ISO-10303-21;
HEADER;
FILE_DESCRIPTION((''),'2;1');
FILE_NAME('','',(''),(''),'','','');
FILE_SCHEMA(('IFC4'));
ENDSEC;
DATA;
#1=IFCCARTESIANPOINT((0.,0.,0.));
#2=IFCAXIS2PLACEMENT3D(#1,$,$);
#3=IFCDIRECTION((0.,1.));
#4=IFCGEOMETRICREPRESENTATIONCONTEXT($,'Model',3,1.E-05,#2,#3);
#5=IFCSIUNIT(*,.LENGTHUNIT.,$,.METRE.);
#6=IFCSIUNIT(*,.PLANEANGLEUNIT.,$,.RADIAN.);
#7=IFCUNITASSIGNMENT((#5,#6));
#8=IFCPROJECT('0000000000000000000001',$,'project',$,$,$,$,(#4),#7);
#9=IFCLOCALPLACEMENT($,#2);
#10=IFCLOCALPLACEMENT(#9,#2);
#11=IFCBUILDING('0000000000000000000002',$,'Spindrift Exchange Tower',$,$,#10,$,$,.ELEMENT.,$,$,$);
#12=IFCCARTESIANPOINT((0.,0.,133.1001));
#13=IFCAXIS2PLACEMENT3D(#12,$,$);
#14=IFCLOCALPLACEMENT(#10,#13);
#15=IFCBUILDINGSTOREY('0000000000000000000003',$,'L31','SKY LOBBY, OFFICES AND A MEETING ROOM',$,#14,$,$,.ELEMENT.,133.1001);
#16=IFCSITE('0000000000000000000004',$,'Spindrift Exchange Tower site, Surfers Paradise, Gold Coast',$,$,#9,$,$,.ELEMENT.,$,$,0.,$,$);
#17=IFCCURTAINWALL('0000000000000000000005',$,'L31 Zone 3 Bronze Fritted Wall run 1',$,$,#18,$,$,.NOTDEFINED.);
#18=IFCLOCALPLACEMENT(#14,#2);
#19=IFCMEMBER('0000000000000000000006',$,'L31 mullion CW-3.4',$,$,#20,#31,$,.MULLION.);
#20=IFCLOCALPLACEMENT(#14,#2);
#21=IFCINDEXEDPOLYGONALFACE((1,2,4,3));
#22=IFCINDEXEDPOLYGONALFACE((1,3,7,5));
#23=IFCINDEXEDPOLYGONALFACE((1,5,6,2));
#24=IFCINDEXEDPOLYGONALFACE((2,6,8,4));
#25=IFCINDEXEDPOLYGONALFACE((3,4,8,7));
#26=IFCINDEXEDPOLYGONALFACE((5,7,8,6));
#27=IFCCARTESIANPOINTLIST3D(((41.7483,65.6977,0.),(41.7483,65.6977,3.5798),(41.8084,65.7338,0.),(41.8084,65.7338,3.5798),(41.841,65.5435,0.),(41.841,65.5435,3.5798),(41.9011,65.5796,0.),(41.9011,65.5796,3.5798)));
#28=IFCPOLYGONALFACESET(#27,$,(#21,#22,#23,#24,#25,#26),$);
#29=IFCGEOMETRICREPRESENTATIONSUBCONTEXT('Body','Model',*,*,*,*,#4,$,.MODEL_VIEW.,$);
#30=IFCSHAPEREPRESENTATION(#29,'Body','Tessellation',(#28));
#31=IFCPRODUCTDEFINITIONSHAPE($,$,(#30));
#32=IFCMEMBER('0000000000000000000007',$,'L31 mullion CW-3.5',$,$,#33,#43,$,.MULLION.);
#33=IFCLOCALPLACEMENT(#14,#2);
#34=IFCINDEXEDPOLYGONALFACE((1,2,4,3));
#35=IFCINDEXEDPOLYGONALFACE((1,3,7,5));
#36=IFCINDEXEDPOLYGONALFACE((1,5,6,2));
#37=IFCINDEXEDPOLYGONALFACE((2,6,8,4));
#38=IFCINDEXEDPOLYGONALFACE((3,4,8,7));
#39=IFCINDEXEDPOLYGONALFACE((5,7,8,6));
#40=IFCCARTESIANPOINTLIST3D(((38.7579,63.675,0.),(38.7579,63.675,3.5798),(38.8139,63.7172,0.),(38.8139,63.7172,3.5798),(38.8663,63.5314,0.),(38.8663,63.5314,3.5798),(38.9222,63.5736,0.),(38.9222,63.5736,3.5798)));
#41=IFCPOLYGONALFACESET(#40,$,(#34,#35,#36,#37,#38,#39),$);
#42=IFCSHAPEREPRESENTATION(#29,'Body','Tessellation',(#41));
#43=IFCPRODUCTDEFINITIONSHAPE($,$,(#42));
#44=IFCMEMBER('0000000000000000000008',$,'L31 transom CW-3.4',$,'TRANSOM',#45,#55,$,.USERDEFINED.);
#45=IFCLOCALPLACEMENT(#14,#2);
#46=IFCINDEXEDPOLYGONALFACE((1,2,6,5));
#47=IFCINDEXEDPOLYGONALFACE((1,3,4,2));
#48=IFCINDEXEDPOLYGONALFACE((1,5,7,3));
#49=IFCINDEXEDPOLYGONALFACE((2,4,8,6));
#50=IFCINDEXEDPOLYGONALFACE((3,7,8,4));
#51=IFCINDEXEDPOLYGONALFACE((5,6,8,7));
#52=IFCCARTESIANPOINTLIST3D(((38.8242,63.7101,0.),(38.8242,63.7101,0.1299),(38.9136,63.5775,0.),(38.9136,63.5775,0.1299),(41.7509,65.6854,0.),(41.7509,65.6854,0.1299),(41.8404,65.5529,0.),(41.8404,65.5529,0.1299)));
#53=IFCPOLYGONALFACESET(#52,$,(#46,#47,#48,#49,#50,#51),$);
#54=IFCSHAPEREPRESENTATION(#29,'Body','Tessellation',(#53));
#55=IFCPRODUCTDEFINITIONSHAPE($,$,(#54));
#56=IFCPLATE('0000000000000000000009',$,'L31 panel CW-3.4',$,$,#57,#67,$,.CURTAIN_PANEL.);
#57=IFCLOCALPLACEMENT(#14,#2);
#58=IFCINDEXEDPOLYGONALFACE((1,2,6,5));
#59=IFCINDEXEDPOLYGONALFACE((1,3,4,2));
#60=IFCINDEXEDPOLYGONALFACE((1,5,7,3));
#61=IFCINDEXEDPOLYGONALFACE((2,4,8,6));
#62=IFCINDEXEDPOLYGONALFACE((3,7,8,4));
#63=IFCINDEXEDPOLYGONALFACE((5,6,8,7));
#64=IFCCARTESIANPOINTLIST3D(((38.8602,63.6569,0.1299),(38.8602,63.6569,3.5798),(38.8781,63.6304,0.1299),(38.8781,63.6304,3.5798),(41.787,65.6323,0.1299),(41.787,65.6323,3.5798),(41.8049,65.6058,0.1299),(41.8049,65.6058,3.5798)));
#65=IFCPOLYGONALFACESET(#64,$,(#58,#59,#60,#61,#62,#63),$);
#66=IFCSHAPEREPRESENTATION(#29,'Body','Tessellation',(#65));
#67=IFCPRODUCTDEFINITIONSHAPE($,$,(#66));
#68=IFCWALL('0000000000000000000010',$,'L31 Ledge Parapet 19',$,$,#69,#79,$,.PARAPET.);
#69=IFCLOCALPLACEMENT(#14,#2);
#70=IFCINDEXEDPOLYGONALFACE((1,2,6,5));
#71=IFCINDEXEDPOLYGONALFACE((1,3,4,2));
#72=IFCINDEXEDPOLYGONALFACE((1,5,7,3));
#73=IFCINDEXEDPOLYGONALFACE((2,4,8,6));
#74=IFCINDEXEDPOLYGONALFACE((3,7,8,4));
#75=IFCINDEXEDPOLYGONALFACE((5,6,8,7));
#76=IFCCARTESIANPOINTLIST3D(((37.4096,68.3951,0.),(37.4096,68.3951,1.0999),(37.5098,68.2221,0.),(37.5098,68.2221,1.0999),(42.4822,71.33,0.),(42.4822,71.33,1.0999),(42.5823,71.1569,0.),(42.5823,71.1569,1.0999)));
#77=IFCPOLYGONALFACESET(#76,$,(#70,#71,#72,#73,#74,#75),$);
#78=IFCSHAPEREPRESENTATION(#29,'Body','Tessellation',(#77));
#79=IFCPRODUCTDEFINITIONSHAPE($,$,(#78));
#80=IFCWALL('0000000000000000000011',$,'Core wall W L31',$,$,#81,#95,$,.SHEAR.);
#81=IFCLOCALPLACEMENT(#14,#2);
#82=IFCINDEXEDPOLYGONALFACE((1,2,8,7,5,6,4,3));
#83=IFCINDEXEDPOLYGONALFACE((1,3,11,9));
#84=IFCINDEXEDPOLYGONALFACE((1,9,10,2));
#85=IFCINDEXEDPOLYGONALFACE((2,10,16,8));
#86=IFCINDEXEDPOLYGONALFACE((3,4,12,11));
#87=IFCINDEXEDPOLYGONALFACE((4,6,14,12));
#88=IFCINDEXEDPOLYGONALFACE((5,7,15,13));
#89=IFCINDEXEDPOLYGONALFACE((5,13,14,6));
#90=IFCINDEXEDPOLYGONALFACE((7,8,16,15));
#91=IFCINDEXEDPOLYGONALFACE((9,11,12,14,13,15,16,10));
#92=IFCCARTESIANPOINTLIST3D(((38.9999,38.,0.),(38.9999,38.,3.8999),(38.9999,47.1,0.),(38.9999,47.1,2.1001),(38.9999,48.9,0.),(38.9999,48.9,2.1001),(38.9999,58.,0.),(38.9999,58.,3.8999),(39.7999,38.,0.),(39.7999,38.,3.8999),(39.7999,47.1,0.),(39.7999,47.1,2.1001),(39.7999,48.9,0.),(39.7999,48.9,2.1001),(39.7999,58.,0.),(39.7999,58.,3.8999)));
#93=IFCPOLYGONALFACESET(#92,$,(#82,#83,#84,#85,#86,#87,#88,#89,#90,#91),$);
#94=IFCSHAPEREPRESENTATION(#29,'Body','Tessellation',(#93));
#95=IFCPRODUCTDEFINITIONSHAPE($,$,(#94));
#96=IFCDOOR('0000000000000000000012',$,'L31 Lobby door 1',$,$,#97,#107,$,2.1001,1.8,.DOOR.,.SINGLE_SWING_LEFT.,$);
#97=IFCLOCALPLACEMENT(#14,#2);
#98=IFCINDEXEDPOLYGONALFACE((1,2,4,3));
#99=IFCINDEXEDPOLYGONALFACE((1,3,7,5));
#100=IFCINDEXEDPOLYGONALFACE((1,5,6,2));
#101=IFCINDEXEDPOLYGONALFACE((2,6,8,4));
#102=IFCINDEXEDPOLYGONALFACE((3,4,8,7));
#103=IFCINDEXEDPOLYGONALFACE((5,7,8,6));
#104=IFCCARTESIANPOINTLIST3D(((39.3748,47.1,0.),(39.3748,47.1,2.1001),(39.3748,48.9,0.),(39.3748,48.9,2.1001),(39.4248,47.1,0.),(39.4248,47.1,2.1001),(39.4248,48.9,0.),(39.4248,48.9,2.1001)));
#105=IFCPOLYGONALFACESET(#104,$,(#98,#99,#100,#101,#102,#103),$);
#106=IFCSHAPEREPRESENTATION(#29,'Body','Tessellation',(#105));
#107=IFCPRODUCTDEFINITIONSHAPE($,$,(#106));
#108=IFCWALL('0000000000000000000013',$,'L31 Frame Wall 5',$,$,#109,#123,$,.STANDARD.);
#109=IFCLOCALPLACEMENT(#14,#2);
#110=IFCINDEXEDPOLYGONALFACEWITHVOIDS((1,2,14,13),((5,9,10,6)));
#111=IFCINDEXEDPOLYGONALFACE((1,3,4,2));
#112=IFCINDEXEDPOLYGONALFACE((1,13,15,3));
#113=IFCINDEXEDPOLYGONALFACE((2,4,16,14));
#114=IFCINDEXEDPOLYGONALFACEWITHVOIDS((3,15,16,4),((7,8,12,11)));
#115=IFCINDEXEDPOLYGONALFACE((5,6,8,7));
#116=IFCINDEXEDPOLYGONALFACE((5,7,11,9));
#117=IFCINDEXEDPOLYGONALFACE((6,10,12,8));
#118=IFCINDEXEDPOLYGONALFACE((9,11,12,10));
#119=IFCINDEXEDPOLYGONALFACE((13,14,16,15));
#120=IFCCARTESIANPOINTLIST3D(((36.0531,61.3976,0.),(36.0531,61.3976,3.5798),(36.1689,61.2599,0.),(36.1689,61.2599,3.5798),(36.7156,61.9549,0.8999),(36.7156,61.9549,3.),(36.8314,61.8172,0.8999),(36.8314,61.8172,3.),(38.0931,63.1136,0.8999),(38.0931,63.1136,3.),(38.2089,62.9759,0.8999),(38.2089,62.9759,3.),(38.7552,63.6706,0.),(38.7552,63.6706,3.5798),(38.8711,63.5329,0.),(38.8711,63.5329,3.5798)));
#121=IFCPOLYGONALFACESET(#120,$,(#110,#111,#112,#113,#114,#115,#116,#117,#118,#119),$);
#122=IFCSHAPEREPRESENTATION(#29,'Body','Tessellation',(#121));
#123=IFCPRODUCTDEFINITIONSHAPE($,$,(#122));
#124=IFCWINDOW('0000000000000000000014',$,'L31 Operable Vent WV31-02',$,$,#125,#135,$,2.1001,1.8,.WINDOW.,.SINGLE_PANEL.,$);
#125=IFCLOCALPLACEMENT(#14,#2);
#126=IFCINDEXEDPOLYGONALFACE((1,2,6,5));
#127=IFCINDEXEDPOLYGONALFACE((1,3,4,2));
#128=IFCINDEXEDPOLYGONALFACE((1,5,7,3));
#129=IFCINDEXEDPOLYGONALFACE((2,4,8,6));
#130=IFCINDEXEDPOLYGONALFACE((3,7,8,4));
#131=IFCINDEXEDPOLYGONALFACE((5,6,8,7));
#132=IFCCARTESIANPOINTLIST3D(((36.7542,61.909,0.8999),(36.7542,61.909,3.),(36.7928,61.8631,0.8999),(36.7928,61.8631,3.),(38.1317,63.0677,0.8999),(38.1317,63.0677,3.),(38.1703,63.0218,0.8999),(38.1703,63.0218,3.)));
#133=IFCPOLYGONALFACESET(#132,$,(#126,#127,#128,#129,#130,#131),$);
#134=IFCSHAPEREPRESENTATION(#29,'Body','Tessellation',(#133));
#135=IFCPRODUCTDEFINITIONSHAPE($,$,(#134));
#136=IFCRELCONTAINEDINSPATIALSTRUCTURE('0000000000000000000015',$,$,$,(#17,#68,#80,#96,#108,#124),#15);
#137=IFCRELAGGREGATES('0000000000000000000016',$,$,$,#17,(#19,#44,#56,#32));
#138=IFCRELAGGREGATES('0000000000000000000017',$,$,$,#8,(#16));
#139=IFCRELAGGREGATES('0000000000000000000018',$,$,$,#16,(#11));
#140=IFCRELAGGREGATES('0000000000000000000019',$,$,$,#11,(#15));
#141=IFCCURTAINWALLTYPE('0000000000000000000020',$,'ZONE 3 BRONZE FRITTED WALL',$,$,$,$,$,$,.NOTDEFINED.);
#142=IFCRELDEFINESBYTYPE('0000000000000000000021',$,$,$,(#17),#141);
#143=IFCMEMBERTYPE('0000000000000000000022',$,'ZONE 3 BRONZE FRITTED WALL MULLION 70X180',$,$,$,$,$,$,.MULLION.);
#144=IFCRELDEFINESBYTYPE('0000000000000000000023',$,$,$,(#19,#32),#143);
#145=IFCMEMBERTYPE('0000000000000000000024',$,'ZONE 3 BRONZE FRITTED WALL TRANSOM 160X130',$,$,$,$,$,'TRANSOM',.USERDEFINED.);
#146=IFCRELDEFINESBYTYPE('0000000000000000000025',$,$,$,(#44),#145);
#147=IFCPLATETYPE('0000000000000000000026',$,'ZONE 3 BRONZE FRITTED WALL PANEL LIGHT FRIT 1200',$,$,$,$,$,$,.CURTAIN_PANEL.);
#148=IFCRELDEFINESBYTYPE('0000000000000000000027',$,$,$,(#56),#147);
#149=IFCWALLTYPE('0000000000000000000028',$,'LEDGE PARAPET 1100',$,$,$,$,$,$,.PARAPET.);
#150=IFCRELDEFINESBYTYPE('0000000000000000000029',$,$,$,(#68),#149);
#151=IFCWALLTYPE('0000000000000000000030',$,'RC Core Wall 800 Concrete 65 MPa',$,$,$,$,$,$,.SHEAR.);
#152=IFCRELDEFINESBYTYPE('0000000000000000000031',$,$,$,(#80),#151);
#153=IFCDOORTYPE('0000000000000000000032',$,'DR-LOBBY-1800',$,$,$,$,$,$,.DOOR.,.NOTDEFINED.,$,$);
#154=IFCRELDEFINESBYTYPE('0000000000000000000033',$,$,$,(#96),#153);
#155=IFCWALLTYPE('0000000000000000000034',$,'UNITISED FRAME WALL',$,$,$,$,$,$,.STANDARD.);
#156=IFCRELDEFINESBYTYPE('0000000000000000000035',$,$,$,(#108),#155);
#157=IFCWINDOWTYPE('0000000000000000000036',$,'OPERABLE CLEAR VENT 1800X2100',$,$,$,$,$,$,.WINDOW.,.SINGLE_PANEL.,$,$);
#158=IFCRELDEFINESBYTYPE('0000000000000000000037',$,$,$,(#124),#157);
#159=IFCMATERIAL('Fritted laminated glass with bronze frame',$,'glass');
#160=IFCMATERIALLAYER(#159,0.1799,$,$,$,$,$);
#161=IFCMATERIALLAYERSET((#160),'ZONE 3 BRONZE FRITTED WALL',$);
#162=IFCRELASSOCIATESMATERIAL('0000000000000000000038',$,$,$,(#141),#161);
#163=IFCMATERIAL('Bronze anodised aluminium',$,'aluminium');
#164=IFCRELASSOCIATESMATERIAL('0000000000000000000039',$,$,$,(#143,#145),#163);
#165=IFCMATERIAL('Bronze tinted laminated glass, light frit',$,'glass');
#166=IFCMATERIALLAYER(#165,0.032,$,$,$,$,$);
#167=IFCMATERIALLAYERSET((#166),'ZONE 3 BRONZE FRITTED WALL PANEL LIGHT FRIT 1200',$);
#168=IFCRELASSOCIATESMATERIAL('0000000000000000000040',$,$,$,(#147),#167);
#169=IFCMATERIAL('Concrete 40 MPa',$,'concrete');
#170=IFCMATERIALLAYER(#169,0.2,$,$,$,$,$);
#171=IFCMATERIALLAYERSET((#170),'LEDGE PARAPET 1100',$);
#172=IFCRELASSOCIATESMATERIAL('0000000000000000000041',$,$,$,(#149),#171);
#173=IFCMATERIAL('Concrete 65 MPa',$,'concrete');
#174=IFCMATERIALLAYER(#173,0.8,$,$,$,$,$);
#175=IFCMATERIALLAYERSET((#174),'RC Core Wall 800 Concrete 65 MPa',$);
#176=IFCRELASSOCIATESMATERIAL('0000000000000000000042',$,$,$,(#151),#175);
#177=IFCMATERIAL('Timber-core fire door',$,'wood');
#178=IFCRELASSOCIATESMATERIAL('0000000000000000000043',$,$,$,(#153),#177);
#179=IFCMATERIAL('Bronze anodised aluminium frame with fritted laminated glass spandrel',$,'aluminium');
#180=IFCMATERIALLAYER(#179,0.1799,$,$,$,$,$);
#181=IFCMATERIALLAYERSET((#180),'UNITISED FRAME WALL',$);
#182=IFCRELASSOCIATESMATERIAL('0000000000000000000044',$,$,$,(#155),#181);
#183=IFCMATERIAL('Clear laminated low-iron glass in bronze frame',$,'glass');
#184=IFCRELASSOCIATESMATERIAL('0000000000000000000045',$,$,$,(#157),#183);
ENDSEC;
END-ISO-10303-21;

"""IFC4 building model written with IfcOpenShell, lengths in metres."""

from ifc_helpers import new_model, si_unit, direction, frame, frame_2d, origin, origin_2d, place, context, subcontext, project, spatial, rectangle, extrude, source, transform, mapped, material, layer, layer_set, material_profile, profile_set, type_object, element, fill, aggregate, save


model = new_model("IFC4")

# Units and contexts
model_context = context("Model", 3, precision=1e-05, world=origin(), true_north=direction((0.0, 1.0)))
body_context = subcontext(model_context, "Body", "Model", "MODEL_VIEW")
ifc_project = project(units=[si_unit("LENGTHUNIT", "METRE"), si_unit("PLANEANGLEUNIT", "RADIAN")], contexts=[model_context])

# Site, building, storey
site_placement = place(None, origin())
site = spatial("IfcSite", under=ifc_project, at=site_placement, Name="Spindrift Exchange Tower site, Surfers Paradise, Gold Coast", CompositionType="ELEMENT", RefElevation=0.0)
building_placement = place(site_placement, origin())
building = spatial("IfcBuilding", under=site, at=building_placement, Name="Spindrift Exchange Tower", CompositionType="ELEMENT")
storey_placement = place(building_placement, frame((0.0, 0.0, 133.1001)))
storey = spatial("IfcBuildingStorey", under=building, at=storey_placement, Name="L31", Description="SKY LOBBY, OFFICES AND A MEETING ROOM", CompositionType="ELEMENT", Elevation=133.1001)

# Curtain wall, members, plate
ifc_material_1 = material(Name="Fritted laminated glass with bronze frame", Category="glass")
ifc_layer_1 = layer(ifc_material_1, 0.1799)
ifc_layer_set_1 = layer_set([ifc_layer_1], Name="ZONE 3 BRONZE FRITTED WALL")
curtain_wall_type = type_object("IfcCurtainWallType", Name="ZONE 3 BRONZE FRITTED WALL", PredefinedType="NOTDEFINED", material=ifc_layer_set_1)
curtain_wall_placement = place(storey_placement, origin())
curtain_wall = element("IfcCurtainWall", 1, at=curtain_wall_placement, inside=storey, type_object=curtain_wall_type, Name="L31 Zone 3 Bronze Fritted Wall run 1", PredefinedType="NOTDEFINED")
ifc_material_2 = material(Name="Bronze anodised aluminium", Category="aluminium")
ifc_material_profile_1 = material_profile(ifc_material_2, rectangle(XDim=0.0701, YDim=0.1799, at=origin_2d()), Name="ZONE 3 BRONZE FRITTED WALL MULLION 70X180")
ifc_profile_set_1 = profile_set([ifc_material_profile_1], Name="Bronze anodised aluminium")
member_type_1 = type_object("IfcMemberType", Name="ZONE 3 BRONZE FRITTED WALL MULLION 70X180", PredefinedType="MULLION", material=ifc_profile_set_1)
shared_shape_1 = source(origin(), body_context, "Body", "SweptSolid", [
    extrude(rectangle(XDim=0.0701, YDim=0.1799, at=origin_2d()), origin(), (0.0, 0.0, 1.0), 3.5798),
])
member_1_placement = place(storey_placement, frame((41.8247, 65.6387, 0.0), z_axis=(0.0, 0.0, 1.0), x_axis=(-0.857098, -0.515154, 0.0)))
member_1 = element("IfcMember", 2, at=member_1_placement, type_object=member_type_1, Name="L31 mullion CW-3.4", PredefinedType="MULLION", context=body_context, shape_type="MappedRepresentation", body=[
    mapped(shared_shape_1, transform((0.0, 0.0, 0.0), scale=1.0)),
])
member_2_placement = place(storey_placement, frame((38.8401, 63.6243, 0.0), z_axis=(0.0, 0.0, 1.0), x_axis=(-0.798201, -0.602391, 0.0)))
member_2 = element("IfcMember", 3, at=member_2_placement, type_object=member_type_1, Name="L31 mullion CW-3.5", PredefinedType="MULLION", context=body_context, shape_type="MappedRepresentation", body=[
    mapped(shared_shape_1, transform((0.0, 0.0, 0.0), scale=1.0)),
])
ifc_material_profile_2 = material_profile(ifc_material_2, rectangle(XDim=0.1599, YDim=0.1299, at=origin_2d()), Name="ZONE 3 BRONZE FRITTED WALL TRANSOM 160X130")
ifc_profile_set_2 = profile_set([ifc_material_profile_2], Name="Bronze anodised aluminium")
member_type_2 = type_object("IfcMemberType", Name="ZONE 3 BRONZE FRITTED WALL TRANSOM 160X130", ElementType="TRANSOM", PredefinedType="USERDEFINED", material=ifc_profile_set_2)
shared_shape_2 = source(origin(), body_context, "Body", "SweptSolid", [
    extrude(rectangle(XDim=0.1599, YDim=0.1299, at=origin_2d()), origin(), (0.0, 0.0, 1.0), 3.531),
])
member_3_placement = place(storey_placement, frame((41.7957, 65.6191, 0.0649), z_axis=(-0.828878, -0.55943, 0.0), x_axis=(0.55943, -0.828878, 0.0)))
member_3 = element("IfcMember", 4, at=member_3_placement, type_object=member_type_2, Name="L31 transom CW-3.4", ObjectType="TRANSOM", PredefinedType="USERDEFINED", context=body_context, shape_type="MappedRepresentation", body=[
    mapped(shared_shape_2, transform((0.0, 0.0, 0.0), scale=1.0)),
])
ifc_material_3 = material(Name="Bronze tinted laminated glass, light frit", Category="glass")
ifc_layer_2 = layer(ifc_material_3, 0.032)
ifc_layer_set_2 = layer_set([ifc_layer_2], Name="ZONE 3 BRONZE FRITTED WALL PANEL LIGHT FRIT 1200")
plate_type = type_object("IfcPlateType", Name="ZONE 3 BRONZE FRITTED WALL PANEL LIGHT FRIT 1200", PredefinedType="CURTAIN_PANEL", material=ifc_layer_set_2)
shared_shape_3 = source(origin(), body_context, "Body", "SweptSolid", [
    extrude(rectangle(XDim=3.531, YDim=0.032, at=origin_2d()), origin(), (0.0, 0.0, 1.0), 3.45),
])
plate_placement = place(storey_placement, frame((40.3325, 64.6313, 0.1299), z_axis=(0.0, 0.0, 1.0), x_axis=(-0.828883, -0.559421, 0.0)))
plate = element("IfcPlate", 5, at=plate_placement, type_object=plate_type, Name="L31 panel CW-3.4", PredefinedType="CURTAIN_PANEL", context=body_context, shape_type="MappedRepresentation", body=[
    mapped(shared_shape_3, transform((0.0, 0.0, 0.0), scale=1.0)),
])
aggregate(curtain_wall, [member_1, member_3, plate, member_2])

# Wall
ifc_material_4 = material(Name="Concrete 40 MPa", Category="concrete")
ifc_layer_3 = layer(ifc_material_4, 0.2)
ifc_layer_set_3 = layer_set([ifc_layer_3], Name="LEDGE PARAPET 1100")
wall_type_1 = type_object("IfcWallType", Name="LEDGE PARAPET 1100", PredefinedType="PARAPET", material=ifc_layer_set_3)
wall_1_placement = place(storey_placement, frame((37.4597, 68.3086, 0.0), z_axis=(0.0, 0.0, 1.0), x_axis=(0.865567, 0.500793, 0.0)))
element("IfcWall", 6, at=wall_1_placement, inside=storey, type_object=wall_type_1, Name="L31 Ledge Parapet 19", PredefinedType="PARAPET", context=body_context, shape_type="SweptSolid", body=[
    extrude(rectangle(XDim=5.8604, YDim=0.2, at=frame_2d((2.9302, 0.0))), origin(), (0.0, 0.0, 1.0), 1.0999),
])

# Wall, opening, door
ifc_material_5 = material(Name="Concrete 65 MPa", Category="concrete")
ifc_layer_4 = layer(ifc_material_5, 0.8)
ifc_layer_set_4 = layer_set([ifc_layer_4], Name="RC Core Wall 800 Concrete 65 MPa")
wall_type_2 = type_object("IfcWallType", Name="RC Core Wall 800 Concrete 65 MPa", PredefinedType="SHEAR", material=ifc_layer_set_4)
wall_2_placement = place(storey_placement, frame((39.3999, 58.0, 0.0), z_axis=(0.0, 0.0, 1.0), x_axis=(0.0, -1.0, 0.0)))
wall_2 = element("IfcWall", 7, at=wall_2_placement, inside=storey, type_object=wall_type_2, Name="Core wall W L31", PredefinedType="SHEAR", context=body_context, shape_type="SweptSolid", body=[
    extrude(rectangle(XDim=20.0, YDim=0.8, at=frame_2d((10.0, 0.0))), origin(), (0.0, 0.0, 1.0), 3.8999),
])
opening_1_placement = place(wall_2_placement, frame((9.1001, 0.0, 0.0)))
opening_1 = element("IfcOpeningElement", 8, at=opening_1_placement, cuts=wall_2, PredefinedType="OPENING", context=body_context, shape_type="SweptSolid", body=[
    extrude(rectangle(XDim=1.8, YDim=2.1001, at=frame_2d((0.8999, 1.05))), frame((0.0, 0.4099, 0.0), z_axis=(0.0, -1.0, 0.0), x_axis=(1.0, 0.0, 0.0)), (0.0, 0.0, 1.0), 0.8201),
])
ifc_material_6 = material(Name="Timber-core fire door", Category="wood")
door_type_1 = type_object("IfcDoorType", Name="DR-LOBBY-1800", OperationType="NOTDEFINED", PredefinedType="DOOR", material=ifc_material_6)
shared_shape_4 = source(origin(), body_context, "Body", "SweptSolid", [
    extrude(rectangle(XDim=1.8, YDim=2.1001, at=frame_2d((0.8999, 1.05))), frame((0.0, 0.0249, 0.0), z_axis=(0.0, -1.0, 0.0), x_axis=(1.0, 0.0, 0.0)), (0.0, 0.0, 1.0), 0.05),
])
door_1_placement = place(opening_1_placement, origin())
door_1 = element("IfcDoor", 9, at=door_1_placement, inside=storey, type_object=door_type_1, Name="L31 Lobby door 1", OperationType="SINGLE_SWING_LEFT", OverallHeight=2.1001, OverallWidth=1.8, PredefinedType="DOOR", context=body_context, shape_type="MappedRepresentation", body=[
    mapped(shared_shape_4, transform((0.0, 0.0, 0.0), scale=1.0)),
])
fill(opening_1, door_1)

# Wall, opening, window
ifc_material_7 = material(Name="Bronze anodised aluminium frame with fritted laminated glass spandrel", Category="aluminium")
ifc_layer_5 = layer(ifc_material_7, 0.1799)
ifc_layer_set_5 = layer_set([ifc_layer_5], Name="UNITISED FRAME WALL")
wall_type_3 = type_object("IfcWallType", Name="UNITISED FRAME WALL", PredefinedType="STANDARD", material=ifc_layer_set_5)
wall_3_placement = place(storey_placement, frame((38.8132, 63.6018, 0.0), z_axis=(0.0, 0.0, 1.0), x_axis=(-0.765266, -0.643714, 0.0)))
wall_3 = element("IfcWall", 10, at=wall_3_placement, inside=storey, type_object=wall_type_3, Name="L31 Frame Wall 5", PredefinedType="STANDARD", context=body_context, shape_type="SweptSolid", body=[
    extrude(rectangle(XDim=3.531, YDim=0.1799, at=frame_2d((1.7656, 0.0))), origin(), (0.0, 0.0, 1.0), 3.5798),
])
opening_2_placement = place(wall_3_placement, frame((0.8655, 0.0, 0.8999)))
opening_2 = element("IfcOpeningElement", 11, at=opening_2_placement, cuts=wall_3, PredefinedType="OPENING", context=body_context, shape_type="SweptSolid", body=[
    extrude(rectangle(XDim=1.8, YDim=2.1001, at=frame_2d((0.8999, 1.05))), frame((0.0, 0.0999, 0.0), z_axis=(0.0, -1.0, 0.0), x_axis=(1.0, 0.0, 0.0)), (0.0, 0.0, 1.0), 0.2),
])
ifc_material_8 = material(Name="Clear laminated low-iron glass in bronze frame", Category="glass")
window_type = type_object("IfcWindowType", Name="OPERABLE CLEAR VENT 1800X2100", PartitioningType="SINGLE_PANEL", PredefinedType="WINDOW", material=ifc_material_8)
shared_shape_5 = source(origin(), body_context, "Body", "SweptSolid", [
    extrude(rectangle(XDim=1.8, YDim=2.1001, at=frame_2d((0.8999, 1.05))), frame((0.0, 0.03, 0.0), z_axis=(0.0, -1.0, 0.0), x_axis=(1.0, 0.0, 0.0)), (0.0, 0.0, 1.0), 0.0601),
])
window_placement = place(opening_2_placement, origin())
window = element("IfcWindow", 12, at=window_placement, inside=storey, type_object=window_type, Name="L31 Operable Vent WV31-02", OverallHeight=2.1001, OverallWidth=1.8, PartitioningType="SINGLE_PANEL", PredefinedType="WINDOW", context=body_context, shape_type="MappedRepresentation", body=[
    mapped(shared_shape_5, transform((0.0, 0.0, 0.0), scale=1.0)),
])
fill(opening_2, window)

save(model, "model.ifc")
